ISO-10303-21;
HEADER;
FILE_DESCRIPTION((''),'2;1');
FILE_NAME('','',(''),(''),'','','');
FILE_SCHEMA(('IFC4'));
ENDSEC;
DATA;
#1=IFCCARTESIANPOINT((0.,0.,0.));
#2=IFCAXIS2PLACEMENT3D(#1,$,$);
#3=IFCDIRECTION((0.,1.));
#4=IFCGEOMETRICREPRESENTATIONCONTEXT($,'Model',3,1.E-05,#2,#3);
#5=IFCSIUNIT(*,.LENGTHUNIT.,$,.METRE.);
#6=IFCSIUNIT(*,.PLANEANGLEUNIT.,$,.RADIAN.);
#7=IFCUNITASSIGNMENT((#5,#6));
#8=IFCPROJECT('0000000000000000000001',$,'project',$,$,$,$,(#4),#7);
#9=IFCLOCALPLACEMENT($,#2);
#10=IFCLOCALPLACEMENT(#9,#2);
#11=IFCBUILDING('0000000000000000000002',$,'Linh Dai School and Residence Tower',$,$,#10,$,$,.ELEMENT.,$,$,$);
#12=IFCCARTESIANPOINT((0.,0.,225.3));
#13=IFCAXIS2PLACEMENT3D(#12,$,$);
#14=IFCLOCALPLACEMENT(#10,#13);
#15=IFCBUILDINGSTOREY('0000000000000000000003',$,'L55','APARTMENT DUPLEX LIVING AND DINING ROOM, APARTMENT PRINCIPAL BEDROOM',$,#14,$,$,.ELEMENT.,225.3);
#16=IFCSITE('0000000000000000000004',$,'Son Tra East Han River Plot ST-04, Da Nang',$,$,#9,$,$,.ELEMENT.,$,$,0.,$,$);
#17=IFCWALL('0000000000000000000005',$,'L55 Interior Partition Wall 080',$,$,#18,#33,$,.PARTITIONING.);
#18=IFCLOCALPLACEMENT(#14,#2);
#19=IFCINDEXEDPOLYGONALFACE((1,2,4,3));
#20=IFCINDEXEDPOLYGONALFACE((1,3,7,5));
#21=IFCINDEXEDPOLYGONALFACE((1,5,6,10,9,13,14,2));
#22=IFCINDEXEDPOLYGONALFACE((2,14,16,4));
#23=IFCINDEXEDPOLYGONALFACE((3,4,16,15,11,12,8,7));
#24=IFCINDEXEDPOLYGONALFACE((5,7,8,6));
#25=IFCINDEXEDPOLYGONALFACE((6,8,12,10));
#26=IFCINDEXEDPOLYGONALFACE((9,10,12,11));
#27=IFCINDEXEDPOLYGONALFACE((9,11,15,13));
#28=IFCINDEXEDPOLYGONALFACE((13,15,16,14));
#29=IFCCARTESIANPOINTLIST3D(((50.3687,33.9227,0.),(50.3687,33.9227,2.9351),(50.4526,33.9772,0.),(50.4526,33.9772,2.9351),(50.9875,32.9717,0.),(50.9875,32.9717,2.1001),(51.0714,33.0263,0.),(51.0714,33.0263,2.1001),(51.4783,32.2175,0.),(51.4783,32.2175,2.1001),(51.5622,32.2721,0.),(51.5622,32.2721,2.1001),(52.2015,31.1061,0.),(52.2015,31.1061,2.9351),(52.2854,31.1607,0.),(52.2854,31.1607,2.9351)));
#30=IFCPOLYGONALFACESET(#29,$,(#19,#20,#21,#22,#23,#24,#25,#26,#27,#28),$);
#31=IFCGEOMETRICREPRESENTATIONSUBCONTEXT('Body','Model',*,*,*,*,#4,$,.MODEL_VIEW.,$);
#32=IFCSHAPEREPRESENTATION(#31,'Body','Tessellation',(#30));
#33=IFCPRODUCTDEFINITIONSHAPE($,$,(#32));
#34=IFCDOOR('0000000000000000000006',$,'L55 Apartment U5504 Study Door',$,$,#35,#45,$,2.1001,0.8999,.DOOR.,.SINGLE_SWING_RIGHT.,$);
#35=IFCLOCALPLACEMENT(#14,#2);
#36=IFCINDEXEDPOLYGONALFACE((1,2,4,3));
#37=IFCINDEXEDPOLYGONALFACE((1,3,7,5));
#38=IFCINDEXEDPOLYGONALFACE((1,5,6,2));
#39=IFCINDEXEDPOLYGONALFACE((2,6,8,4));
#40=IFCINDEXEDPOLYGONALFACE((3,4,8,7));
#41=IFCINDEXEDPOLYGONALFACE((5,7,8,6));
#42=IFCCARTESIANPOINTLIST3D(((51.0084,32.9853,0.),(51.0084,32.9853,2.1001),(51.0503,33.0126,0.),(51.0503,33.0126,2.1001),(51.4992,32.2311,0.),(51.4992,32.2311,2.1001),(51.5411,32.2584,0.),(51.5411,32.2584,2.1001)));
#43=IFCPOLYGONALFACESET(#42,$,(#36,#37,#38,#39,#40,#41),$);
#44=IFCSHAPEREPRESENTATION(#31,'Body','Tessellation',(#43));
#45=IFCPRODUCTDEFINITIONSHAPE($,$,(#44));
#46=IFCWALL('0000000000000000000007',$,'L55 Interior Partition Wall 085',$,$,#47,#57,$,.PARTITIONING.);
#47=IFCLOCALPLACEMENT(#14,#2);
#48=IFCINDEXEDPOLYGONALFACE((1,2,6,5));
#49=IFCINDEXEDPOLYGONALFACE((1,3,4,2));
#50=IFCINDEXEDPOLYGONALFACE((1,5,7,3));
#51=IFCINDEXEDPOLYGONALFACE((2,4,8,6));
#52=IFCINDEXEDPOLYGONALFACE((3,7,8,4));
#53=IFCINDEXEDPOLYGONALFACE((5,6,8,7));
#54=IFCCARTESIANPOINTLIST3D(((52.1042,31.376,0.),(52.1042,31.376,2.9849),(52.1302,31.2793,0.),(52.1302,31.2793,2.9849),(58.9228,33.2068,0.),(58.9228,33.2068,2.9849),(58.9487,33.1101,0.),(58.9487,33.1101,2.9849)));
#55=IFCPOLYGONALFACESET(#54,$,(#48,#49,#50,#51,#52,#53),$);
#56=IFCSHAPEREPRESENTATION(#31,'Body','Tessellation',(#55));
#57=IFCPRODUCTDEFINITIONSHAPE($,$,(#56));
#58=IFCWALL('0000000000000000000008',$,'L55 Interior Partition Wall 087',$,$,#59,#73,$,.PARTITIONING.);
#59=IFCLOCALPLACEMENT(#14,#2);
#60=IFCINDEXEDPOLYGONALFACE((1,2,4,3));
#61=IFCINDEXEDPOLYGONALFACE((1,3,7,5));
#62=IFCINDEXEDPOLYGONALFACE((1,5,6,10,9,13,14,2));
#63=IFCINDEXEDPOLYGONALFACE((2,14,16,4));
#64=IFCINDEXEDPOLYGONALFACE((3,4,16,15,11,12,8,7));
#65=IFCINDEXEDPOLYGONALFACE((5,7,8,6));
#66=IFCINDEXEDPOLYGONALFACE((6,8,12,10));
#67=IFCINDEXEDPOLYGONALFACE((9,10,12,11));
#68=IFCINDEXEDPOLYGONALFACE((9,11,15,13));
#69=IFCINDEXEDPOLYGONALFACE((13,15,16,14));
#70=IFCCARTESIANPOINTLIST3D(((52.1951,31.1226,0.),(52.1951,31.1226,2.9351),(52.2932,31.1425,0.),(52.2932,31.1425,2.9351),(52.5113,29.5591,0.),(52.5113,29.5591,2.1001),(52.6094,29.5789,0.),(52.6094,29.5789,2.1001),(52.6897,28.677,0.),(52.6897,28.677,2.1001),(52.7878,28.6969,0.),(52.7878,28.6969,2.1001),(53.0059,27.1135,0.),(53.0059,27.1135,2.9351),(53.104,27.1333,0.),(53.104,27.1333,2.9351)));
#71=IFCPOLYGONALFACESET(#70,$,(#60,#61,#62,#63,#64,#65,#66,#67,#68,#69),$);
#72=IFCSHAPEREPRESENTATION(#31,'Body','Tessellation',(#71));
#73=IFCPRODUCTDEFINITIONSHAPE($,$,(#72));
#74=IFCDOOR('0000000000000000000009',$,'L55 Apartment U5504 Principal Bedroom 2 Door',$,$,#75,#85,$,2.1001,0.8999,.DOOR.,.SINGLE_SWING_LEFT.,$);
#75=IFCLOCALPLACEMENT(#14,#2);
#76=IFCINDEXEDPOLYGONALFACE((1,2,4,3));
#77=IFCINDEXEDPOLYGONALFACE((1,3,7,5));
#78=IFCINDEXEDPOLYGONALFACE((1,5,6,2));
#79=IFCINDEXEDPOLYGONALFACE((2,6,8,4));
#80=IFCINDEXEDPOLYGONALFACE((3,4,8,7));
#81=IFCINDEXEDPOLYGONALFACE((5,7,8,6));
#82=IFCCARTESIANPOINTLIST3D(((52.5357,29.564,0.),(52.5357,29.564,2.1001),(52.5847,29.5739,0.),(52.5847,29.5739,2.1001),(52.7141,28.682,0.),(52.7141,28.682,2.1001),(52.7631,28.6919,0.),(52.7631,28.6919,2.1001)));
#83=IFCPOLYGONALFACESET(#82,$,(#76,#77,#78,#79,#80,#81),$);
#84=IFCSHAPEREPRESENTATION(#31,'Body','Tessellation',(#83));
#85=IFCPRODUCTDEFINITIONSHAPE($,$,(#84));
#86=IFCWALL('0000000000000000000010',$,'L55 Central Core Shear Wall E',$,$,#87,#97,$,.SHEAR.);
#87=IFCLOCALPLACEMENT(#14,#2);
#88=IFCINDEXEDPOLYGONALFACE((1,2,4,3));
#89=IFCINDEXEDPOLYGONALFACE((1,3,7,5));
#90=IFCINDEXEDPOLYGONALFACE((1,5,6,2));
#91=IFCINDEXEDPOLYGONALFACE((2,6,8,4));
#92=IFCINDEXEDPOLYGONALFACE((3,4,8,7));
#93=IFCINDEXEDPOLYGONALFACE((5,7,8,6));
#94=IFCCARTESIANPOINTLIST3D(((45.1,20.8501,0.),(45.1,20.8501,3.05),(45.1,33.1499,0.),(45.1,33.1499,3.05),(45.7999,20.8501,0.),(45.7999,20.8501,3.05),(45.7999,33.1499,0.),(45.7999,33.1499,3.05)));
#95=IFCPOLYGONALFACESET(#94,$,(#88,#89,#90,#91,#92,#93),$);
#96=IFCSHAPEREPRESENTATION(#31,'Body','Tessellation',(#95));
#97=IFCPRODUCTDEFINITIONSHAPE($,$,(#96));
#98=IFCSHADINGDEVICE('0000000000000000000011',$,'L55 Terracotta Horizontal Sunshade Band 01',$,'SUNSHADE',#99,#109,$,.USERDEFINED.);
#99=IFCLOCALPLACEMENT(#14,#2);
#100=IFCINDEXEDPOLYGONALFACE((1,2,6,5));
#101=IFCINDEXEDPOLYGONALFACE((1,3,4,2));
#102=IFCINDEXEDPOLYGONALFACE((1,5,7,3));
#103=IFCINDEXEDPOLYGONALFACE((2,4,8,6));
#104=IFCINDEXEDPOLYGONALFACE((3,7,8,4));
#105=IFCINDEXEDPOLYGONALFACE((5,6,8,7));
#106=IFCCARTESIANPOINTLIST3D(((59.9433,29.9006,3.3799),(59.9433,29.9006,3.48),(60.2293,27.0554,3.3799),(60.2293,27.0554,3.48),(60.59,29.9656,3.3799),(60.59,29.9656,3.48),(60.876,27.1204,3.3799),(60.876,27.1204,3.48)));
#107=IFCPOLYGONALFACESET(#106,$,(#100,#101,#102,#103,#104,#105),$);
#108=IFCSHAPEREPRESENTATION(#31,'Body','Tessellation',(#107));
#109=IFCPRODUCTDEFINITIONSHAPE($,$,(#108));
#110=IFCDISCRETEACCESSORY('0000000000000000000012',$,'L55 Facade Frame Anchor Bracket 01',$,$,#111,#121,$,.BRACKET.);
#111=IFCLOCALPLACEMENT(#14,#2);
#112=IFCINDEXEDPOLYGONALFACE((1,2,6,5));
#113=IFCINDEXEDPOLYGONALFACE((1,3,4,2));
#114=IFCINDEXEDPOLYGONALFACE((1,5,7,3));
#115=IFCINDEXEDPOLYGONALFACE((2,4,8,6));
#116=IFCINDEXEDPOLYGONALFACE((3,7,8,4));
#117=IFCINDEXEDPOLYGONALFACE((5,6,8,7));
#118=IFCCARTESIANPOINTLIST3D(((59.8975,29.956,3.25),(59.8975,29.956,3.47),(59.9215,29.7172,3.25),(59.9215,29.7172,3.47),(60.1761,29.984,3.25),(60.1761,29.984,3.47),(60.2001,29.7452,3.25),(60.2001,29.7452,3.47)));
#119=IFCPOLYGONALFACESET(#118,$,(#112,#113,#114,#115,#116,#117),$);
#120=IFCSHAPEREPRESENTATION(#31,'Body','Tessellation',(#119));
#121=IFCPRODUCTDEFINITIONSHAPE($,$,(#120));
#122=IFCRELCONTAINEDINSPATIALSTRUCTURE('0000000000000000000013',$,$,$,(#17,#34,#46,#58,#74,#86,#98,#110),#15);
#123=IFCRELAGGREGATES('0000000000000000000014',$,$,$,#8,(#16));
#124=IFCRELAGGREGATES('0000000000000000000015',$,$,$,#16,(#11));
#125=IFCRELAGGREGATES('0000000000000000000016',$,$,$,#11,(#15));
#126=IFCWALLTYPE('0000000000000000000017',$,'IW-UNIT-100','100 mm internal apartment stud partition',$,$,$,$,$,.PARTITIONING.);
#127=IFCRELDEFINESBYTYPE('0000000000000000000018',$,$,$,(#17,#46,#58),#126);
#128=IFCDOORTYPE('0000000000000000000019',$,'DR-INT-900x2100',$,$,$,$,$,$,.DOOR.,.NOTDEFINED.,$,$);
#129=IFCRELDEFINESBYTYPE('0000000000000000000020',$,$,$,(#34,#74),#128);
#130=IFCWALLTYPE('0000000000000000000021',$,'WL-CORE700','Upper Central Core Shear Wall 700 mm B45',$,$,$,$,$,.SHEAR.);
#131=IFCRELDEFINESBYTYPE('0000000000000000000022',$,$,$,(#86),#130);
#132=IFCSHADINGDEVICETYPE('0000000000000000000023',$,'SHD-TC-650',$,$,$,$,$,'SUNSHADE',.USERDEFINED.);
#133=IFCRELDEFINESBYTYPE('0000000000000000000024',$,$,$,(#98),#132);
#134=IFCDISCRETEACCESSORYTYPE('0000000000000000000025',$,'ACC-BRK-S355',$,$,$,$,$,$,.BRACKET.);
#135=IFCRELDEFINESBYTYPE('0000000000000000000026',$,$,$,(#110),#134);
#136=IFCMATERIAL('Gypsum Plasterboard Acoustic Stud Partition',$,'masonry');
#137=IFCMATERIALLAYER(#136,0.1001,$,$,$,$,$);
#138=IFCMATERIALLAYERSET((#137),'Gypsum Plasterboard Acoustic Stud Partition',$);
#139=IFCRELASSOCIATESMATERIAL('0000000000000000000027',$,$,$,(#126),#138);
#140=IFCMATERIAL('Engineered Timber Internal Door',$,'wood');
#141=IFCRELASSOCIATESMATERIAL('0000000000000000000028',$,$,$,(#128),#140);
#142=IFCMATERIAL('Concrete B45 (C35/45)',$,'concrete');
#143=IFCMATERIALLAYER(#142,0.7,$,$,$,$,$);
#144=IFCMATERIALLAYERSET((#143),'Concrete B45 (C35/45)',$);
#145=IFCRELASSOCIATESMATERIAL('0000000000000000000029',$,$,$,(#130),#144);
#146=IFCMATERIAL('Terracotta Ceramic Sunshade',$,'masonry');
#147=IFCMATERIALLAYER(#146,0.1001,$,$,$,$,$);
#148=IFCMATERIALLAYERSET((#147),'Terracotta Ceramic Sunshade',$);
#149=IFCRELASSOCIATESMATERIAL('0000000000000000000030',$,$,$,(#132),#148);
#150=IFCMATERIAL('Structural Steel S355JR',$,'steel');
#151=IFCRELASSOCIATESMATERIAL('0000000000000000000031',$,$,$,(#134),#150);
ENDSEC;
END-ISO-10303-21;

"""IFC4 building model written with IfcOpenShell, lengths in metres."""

from ifc_helpers import new_model, si_unit, direction, frame, frame_2d, origin, origin_2d, place, context, subcontext, project, spatial, rectangle, extrude, source, transform, mapped, material, layer, layer_set, type_object, element, fill, save


model = new_model("IFC4")

# Units and contexts
model_context = context("Model", 3, precision=1e-05, world=origin(), true_north=direction((0.0, 1.0)))
body_context = subcontext(model_context, "Body", "Model", "MODEL_VIEW")
ifc_project = project(units=[si_unit("LENGTHUNIT", "METRE"), si_unit("PLANEANGLEUNIT", "RADIAN")], contexts=[model_context])

# Site, building, storey
site_placement = place(None, origin())
site = spatial("IfcSite", under=ifc_project, at=site_placement, Name="Son Tra East Han River Plot ST-04, Da Nang", CompositionType="ELEMENT", RefElevation=0.0)
building_placement = place(site_placement, origin())
building = spatial("IfcBuilding", under=site, at=building_placement, Name="Linh Dai School and Residence Tower", CompositionType="ELEMENT")
storey_placement = place(building_placement, frame((0.0, 0.0, 225.3)))
storey = spatial("IfcBuildingStorey", under=building, at=storey_placement, Name="L55", Description="APARTMENT DUPLEX LIVING AND DINING ROOM, APARTMENT PRINCIPAL BEDROOM", CompositionType="ELEMENT", Elevation=225.3)

# Shared definitions
ifc_material_1 = material(Name="Concrete B45 (C35/45)", Category="concrete")
ifc_material_2 = material(Name="Structural Steel S355JR", Category="steel")

# Wall, opening, door
ifc_material_3 = material(Name="Gypsum Plasterboard Acoustic Stud Partition", Category="masonry")
ifc_layer_1 = layer(ifc_material_3, 0.1001)
ifc_layer_set_1 = layer_set([ifc_layer_1], Name="Gypsum Plasterboard Acoustic Stud Partition")
wall_type_1 = type_object("IfcWallType", Name="IW-UNIT-100", Description="100 mm internal apartment stud partition", PredefinedType="PARTITIONING", material=ifc_layer_set_1)
wall_1_placement = place(storey_placement, frame((50.4106, 33.95, 0.0), z_axis=(0.0, 0.0, 1.0), x_axis=(0.545428, -0.838158, 0.0)))
wall_1 = element("IfcWall", 1, at=wall_1_placement, inside=storey, type_object=wall_type_1, Name="L55 Interior Partition Wall 080", PredefinedType="PARTITIONING", context=body_context, shape_type="SweptSolid", body=[
    extrude(rectangle(XDim=3.3604, YDim=0.1001, at=frame_2d((1.6802, 0.0))), origin(), (0.0, 0.0, 1.0), 2.9351),
])
opening_1_placement = place(wall_1_placement, frame((1.1345, 0.0, 0.0)))
opening_1 = element("IfcOpeningElement", 2, at=opening_1_placement, cuts=wall_1, PredefinedType="OPENING", context=body_context, shape_type="SweptSolid", body=[
    extrude(rectangle(XDim=0.8999, YDim=2.1001, at=origin_2d()), frame((0.45, 0.0601, 1.05), z_axis=(0.0, -1.0, 0.0), x_axis=(1.0, 0.0, 0.0)), (0.0, 0.0, 1.0), 0.1201),
])
ifc_material_4 = material(Name="Engineered Timber Internal Door", Category="wood")
door_type = type_object("IfcDoorType", Name="DR-INT-900x2100", OperationType="NOTDEFINED", PredefinedType="DOOR", material=ifc_material_4)
shared_shape_1 = source(origin(), body_context, "Body", "SweptSolid", [
    extrude(rectangle(XDim=0.8999, YDim=2.1001, at=origin_2d()), frame((0.45, 0.0249, 1.05), z_axis=(0.0, -1.0, 0.0), x_axis=(1.0, 0.0, 0.0)), (0.0, 0.0, 1.0), 0.05),
])
door_1_placement = place(opening_1_placement, origin())
door_1 = element("IfcDoor", 3, at=door_1_placement, inside=storey, type_object=door_type, Name="L55 Apartment U5504 Study Door", OperationType="SINGLE_SWING_RIGHT", OverallHeight=2.1001, OverallWidth=0.8999, PredefinedType="DOOR", context=body_context, shape_type="MappedRepresentation", body=[
    mapped(shared_shape_1, transform((0.0, 0.0, 0.0), x_axis=(1.0, 0.0, 0.0), y_axis=(0.0, 1.0, 0.0), z_axis=(0.0, 0.0, 1.0), scale=1.0)),
])
fill(opening_1, door_1)

# Wall
wall_2_placement = place(storey_placement, frame((52.1172, 31.3276, 0.0), z_axis=(0.0, 0.0, 1.0), x_axis=(0.965792, 0.259317, 0.0)))
element("IfcWall", 4, at=wall_2_placement, inside=storey, type_object=wall_type_1, Name="L55 Interior Partition Wall 085", PredefinedType="PARTITIONING", context=body_context, shape_type="SweptSolid", body=[
    extrude(rectangle(XDim=7.0601, YDim=0.1001, at=frame_2d((3.53, 0.0))), origin(), (0.0, 0.0, 1.0), 2.9849),
])

# Wall, opening, door
wall_3_placement = place(storey_placement, frame((52.2441, 31.1326, 0.0), z_axis=(0.0, 0.0, 1.0), x_axis=(0.198216, -0.980158, 0.0)))
wall_3 = element("IfcWall", 5, at=wall_3_placement, inside=storey, type_object=wall_type_1, Name="L55 Interior Partition Wall 087", PredefinedType="PARTITIONING", context=body_context, shape_type="SweptSolid", body=[
    extrude(rectangle(XDim=4.0903, YDim=0.1001, at=frame_2d((2.0452, 0.0))), origin(), (0.0, 0.0, 1.0), 2.9351),
])
opening_2_placement = place(wall_3_placement, frame((1.5952, 0.0, 0.0)))
opening_2 = element("IfcOpeningElement", 6, at=opening_2_placement, cuts=wall_3, PredefinedType="OPENING", context=body_context, shape_type="SweptSolid", body=[
    extrude(rectangle(XDim=0.8999, YDim=2.1001, at=origin_2d()), frame((0.45, 0.0601, 1.05), z_axis=(0.0, -1.0, 0.0), x_axis=(1.0, 0.0, 0.0)), (0.0, 0.0, 1.0), 0.1201),
])
door_2_placement = place(opening_2_placement, origin())
door_2 = element("IfcDoor", 7, at=door_2_placement, inside=storey, type_object=door_type, Name="L55 Apartment U5504 Principal Bedroom 2 Door", OperationType="SINGLE_SWING_LEFT", OverallHeight=2.1001, OverallWidth=0.8999, PredefinedType="DOOR", context=body_context, shape_type="MappedRepresentation", body=[
    mapped(shared_shape_1, transform((0.0, 0.0, 0.0), x_axis=(1.0, 0.0, 0.0), y_axis=(0.0, 1.0, 0.0), z_axis=(0.0, 0.0, 1.0), scale=1.0)),
])
fill(opening_2, door_2)

# Wall
ifc_layer_2 = layer(ifc_material_1, 0.7)
ifc_layer_set_2 = layer_set([ifc_layer_2], Name="Concrete B45 (C35/45)")
wall_type_2 = type_object("IfcWallType", Name="WL-CORE700", Description="Upper Central Core Shear Wall 700 mm B45", PredefinedType="SHEAR", material=ifc_layer_set_2)
wall_4_placement = place(storey_placement, frame((45.45, 33.1499, 0.0), z_axis=(0.0, 0.0, 1.0), x_axis=(0.0, -1.0, 0.0)))
element("IfcWall", 8, at=wall_4_placement, inside=storey, type_object=wall_type_2, Name="L55 Central Core Shear Wall E", PredefinedType="SHEAR", context=body_context, shape_type="SweptSolid", body=[
    extrude(rectangle(XDim=12.2998, YDim=0.7, at=frame_2d((6.1499, 0.0))), origin(), (0.0, 0.0, 1.0), 3.05),
])

# Shading device
ifc_material_5 = material(Name="Terracotta Ceramic Sunshade", Category="masonry")
ifc_layer_3 = layer(ifc_material_5, 0.1001)
ifc_layer_set_3 = layer_set([ifc_layer_3], Name="Terracotta Ceramic Sunshade")
shading_device_type = type_object("IfcShadingDeviceType", Name="SHD-TC-650", ElementType="SUNSHADE", PredefinedType="USERDEFINED", material=ifc_layer_set_3)
shared_shape_2 = source(origin(), body_context, "Body", "SweptSolid", [
    extrude(rectangle(XDim=2.8596, YDim=0.6499, at=origin_2d()), origin(), (0.0, 0.0, 1.0), 0.1001),
])
shading_device_placement = place(storey_placement, frame((60.4097, 28.5105, 3.3799), z_axis=(0.0, 0.0, 1.0), x_axis=(0.100012, -0.994986, 0.0)))
element("IfcShadingDevice", 9, at=shading_device_placement, inside=storey, type_object=shading_device_type, Name="L55 Terracotta Horizontal Sunshade Band 01", ObjectType="SUNSHADE", PredefinedType="USERDEFINED", context=body_context, shape_type="MappedRepresentation", body=[
    mapped(shared_shape_2, transform((0.0, 0.0, 0.0), x_axis=(1.0, 0.0, 0.0), y_axis=(0.0, 1.0, 0.0), z_axis=(0.0, 0.0, 1.0), scale=1.0)),
])

# Discrete accessory
discrete_accessory_type = type_object("IfcDiscreteAccessoryType", Name="ACC-BRK-S355", PredefinedType="BRACKET", material=ifc_material_2)
shared_shape_3 = source(origin(), body_context, "Body", "SweptSolid", [
    extrude(rectangle(XDim=0.28, YDim=0.24, at=origin_2d()), origin(), (0.0, 0.0, 1.0), 0.22),
])
discrete_accessory_placement = place(storey_placement, frame((60.0488, 29.8506, 3.25), z_axis=(0.0, 0.0, 1.0), x_axis=(0.994986, 0.100012, 0.0)))
element("IfcDiscreteAccessory", 10, at=discrete_accessory_placement, inside=storey, type_object=discrete_accessory_type, Name="L55 Facade Frame Anchor Bracket 01", PredefinedType="BRACKET", context=body_context, shape_type="MappedRepresentation", body=[
    mapped(shared_shape_3, transform((0.0, 0.0, 0.0), x_axis=(1.0, 0.0, 0.0), y_axis=(0.0, 1.0, 0.0), z_axis=(0.0, 0.0, 1.0), scale=1.0)),
])

save(model, "model.ifc")
